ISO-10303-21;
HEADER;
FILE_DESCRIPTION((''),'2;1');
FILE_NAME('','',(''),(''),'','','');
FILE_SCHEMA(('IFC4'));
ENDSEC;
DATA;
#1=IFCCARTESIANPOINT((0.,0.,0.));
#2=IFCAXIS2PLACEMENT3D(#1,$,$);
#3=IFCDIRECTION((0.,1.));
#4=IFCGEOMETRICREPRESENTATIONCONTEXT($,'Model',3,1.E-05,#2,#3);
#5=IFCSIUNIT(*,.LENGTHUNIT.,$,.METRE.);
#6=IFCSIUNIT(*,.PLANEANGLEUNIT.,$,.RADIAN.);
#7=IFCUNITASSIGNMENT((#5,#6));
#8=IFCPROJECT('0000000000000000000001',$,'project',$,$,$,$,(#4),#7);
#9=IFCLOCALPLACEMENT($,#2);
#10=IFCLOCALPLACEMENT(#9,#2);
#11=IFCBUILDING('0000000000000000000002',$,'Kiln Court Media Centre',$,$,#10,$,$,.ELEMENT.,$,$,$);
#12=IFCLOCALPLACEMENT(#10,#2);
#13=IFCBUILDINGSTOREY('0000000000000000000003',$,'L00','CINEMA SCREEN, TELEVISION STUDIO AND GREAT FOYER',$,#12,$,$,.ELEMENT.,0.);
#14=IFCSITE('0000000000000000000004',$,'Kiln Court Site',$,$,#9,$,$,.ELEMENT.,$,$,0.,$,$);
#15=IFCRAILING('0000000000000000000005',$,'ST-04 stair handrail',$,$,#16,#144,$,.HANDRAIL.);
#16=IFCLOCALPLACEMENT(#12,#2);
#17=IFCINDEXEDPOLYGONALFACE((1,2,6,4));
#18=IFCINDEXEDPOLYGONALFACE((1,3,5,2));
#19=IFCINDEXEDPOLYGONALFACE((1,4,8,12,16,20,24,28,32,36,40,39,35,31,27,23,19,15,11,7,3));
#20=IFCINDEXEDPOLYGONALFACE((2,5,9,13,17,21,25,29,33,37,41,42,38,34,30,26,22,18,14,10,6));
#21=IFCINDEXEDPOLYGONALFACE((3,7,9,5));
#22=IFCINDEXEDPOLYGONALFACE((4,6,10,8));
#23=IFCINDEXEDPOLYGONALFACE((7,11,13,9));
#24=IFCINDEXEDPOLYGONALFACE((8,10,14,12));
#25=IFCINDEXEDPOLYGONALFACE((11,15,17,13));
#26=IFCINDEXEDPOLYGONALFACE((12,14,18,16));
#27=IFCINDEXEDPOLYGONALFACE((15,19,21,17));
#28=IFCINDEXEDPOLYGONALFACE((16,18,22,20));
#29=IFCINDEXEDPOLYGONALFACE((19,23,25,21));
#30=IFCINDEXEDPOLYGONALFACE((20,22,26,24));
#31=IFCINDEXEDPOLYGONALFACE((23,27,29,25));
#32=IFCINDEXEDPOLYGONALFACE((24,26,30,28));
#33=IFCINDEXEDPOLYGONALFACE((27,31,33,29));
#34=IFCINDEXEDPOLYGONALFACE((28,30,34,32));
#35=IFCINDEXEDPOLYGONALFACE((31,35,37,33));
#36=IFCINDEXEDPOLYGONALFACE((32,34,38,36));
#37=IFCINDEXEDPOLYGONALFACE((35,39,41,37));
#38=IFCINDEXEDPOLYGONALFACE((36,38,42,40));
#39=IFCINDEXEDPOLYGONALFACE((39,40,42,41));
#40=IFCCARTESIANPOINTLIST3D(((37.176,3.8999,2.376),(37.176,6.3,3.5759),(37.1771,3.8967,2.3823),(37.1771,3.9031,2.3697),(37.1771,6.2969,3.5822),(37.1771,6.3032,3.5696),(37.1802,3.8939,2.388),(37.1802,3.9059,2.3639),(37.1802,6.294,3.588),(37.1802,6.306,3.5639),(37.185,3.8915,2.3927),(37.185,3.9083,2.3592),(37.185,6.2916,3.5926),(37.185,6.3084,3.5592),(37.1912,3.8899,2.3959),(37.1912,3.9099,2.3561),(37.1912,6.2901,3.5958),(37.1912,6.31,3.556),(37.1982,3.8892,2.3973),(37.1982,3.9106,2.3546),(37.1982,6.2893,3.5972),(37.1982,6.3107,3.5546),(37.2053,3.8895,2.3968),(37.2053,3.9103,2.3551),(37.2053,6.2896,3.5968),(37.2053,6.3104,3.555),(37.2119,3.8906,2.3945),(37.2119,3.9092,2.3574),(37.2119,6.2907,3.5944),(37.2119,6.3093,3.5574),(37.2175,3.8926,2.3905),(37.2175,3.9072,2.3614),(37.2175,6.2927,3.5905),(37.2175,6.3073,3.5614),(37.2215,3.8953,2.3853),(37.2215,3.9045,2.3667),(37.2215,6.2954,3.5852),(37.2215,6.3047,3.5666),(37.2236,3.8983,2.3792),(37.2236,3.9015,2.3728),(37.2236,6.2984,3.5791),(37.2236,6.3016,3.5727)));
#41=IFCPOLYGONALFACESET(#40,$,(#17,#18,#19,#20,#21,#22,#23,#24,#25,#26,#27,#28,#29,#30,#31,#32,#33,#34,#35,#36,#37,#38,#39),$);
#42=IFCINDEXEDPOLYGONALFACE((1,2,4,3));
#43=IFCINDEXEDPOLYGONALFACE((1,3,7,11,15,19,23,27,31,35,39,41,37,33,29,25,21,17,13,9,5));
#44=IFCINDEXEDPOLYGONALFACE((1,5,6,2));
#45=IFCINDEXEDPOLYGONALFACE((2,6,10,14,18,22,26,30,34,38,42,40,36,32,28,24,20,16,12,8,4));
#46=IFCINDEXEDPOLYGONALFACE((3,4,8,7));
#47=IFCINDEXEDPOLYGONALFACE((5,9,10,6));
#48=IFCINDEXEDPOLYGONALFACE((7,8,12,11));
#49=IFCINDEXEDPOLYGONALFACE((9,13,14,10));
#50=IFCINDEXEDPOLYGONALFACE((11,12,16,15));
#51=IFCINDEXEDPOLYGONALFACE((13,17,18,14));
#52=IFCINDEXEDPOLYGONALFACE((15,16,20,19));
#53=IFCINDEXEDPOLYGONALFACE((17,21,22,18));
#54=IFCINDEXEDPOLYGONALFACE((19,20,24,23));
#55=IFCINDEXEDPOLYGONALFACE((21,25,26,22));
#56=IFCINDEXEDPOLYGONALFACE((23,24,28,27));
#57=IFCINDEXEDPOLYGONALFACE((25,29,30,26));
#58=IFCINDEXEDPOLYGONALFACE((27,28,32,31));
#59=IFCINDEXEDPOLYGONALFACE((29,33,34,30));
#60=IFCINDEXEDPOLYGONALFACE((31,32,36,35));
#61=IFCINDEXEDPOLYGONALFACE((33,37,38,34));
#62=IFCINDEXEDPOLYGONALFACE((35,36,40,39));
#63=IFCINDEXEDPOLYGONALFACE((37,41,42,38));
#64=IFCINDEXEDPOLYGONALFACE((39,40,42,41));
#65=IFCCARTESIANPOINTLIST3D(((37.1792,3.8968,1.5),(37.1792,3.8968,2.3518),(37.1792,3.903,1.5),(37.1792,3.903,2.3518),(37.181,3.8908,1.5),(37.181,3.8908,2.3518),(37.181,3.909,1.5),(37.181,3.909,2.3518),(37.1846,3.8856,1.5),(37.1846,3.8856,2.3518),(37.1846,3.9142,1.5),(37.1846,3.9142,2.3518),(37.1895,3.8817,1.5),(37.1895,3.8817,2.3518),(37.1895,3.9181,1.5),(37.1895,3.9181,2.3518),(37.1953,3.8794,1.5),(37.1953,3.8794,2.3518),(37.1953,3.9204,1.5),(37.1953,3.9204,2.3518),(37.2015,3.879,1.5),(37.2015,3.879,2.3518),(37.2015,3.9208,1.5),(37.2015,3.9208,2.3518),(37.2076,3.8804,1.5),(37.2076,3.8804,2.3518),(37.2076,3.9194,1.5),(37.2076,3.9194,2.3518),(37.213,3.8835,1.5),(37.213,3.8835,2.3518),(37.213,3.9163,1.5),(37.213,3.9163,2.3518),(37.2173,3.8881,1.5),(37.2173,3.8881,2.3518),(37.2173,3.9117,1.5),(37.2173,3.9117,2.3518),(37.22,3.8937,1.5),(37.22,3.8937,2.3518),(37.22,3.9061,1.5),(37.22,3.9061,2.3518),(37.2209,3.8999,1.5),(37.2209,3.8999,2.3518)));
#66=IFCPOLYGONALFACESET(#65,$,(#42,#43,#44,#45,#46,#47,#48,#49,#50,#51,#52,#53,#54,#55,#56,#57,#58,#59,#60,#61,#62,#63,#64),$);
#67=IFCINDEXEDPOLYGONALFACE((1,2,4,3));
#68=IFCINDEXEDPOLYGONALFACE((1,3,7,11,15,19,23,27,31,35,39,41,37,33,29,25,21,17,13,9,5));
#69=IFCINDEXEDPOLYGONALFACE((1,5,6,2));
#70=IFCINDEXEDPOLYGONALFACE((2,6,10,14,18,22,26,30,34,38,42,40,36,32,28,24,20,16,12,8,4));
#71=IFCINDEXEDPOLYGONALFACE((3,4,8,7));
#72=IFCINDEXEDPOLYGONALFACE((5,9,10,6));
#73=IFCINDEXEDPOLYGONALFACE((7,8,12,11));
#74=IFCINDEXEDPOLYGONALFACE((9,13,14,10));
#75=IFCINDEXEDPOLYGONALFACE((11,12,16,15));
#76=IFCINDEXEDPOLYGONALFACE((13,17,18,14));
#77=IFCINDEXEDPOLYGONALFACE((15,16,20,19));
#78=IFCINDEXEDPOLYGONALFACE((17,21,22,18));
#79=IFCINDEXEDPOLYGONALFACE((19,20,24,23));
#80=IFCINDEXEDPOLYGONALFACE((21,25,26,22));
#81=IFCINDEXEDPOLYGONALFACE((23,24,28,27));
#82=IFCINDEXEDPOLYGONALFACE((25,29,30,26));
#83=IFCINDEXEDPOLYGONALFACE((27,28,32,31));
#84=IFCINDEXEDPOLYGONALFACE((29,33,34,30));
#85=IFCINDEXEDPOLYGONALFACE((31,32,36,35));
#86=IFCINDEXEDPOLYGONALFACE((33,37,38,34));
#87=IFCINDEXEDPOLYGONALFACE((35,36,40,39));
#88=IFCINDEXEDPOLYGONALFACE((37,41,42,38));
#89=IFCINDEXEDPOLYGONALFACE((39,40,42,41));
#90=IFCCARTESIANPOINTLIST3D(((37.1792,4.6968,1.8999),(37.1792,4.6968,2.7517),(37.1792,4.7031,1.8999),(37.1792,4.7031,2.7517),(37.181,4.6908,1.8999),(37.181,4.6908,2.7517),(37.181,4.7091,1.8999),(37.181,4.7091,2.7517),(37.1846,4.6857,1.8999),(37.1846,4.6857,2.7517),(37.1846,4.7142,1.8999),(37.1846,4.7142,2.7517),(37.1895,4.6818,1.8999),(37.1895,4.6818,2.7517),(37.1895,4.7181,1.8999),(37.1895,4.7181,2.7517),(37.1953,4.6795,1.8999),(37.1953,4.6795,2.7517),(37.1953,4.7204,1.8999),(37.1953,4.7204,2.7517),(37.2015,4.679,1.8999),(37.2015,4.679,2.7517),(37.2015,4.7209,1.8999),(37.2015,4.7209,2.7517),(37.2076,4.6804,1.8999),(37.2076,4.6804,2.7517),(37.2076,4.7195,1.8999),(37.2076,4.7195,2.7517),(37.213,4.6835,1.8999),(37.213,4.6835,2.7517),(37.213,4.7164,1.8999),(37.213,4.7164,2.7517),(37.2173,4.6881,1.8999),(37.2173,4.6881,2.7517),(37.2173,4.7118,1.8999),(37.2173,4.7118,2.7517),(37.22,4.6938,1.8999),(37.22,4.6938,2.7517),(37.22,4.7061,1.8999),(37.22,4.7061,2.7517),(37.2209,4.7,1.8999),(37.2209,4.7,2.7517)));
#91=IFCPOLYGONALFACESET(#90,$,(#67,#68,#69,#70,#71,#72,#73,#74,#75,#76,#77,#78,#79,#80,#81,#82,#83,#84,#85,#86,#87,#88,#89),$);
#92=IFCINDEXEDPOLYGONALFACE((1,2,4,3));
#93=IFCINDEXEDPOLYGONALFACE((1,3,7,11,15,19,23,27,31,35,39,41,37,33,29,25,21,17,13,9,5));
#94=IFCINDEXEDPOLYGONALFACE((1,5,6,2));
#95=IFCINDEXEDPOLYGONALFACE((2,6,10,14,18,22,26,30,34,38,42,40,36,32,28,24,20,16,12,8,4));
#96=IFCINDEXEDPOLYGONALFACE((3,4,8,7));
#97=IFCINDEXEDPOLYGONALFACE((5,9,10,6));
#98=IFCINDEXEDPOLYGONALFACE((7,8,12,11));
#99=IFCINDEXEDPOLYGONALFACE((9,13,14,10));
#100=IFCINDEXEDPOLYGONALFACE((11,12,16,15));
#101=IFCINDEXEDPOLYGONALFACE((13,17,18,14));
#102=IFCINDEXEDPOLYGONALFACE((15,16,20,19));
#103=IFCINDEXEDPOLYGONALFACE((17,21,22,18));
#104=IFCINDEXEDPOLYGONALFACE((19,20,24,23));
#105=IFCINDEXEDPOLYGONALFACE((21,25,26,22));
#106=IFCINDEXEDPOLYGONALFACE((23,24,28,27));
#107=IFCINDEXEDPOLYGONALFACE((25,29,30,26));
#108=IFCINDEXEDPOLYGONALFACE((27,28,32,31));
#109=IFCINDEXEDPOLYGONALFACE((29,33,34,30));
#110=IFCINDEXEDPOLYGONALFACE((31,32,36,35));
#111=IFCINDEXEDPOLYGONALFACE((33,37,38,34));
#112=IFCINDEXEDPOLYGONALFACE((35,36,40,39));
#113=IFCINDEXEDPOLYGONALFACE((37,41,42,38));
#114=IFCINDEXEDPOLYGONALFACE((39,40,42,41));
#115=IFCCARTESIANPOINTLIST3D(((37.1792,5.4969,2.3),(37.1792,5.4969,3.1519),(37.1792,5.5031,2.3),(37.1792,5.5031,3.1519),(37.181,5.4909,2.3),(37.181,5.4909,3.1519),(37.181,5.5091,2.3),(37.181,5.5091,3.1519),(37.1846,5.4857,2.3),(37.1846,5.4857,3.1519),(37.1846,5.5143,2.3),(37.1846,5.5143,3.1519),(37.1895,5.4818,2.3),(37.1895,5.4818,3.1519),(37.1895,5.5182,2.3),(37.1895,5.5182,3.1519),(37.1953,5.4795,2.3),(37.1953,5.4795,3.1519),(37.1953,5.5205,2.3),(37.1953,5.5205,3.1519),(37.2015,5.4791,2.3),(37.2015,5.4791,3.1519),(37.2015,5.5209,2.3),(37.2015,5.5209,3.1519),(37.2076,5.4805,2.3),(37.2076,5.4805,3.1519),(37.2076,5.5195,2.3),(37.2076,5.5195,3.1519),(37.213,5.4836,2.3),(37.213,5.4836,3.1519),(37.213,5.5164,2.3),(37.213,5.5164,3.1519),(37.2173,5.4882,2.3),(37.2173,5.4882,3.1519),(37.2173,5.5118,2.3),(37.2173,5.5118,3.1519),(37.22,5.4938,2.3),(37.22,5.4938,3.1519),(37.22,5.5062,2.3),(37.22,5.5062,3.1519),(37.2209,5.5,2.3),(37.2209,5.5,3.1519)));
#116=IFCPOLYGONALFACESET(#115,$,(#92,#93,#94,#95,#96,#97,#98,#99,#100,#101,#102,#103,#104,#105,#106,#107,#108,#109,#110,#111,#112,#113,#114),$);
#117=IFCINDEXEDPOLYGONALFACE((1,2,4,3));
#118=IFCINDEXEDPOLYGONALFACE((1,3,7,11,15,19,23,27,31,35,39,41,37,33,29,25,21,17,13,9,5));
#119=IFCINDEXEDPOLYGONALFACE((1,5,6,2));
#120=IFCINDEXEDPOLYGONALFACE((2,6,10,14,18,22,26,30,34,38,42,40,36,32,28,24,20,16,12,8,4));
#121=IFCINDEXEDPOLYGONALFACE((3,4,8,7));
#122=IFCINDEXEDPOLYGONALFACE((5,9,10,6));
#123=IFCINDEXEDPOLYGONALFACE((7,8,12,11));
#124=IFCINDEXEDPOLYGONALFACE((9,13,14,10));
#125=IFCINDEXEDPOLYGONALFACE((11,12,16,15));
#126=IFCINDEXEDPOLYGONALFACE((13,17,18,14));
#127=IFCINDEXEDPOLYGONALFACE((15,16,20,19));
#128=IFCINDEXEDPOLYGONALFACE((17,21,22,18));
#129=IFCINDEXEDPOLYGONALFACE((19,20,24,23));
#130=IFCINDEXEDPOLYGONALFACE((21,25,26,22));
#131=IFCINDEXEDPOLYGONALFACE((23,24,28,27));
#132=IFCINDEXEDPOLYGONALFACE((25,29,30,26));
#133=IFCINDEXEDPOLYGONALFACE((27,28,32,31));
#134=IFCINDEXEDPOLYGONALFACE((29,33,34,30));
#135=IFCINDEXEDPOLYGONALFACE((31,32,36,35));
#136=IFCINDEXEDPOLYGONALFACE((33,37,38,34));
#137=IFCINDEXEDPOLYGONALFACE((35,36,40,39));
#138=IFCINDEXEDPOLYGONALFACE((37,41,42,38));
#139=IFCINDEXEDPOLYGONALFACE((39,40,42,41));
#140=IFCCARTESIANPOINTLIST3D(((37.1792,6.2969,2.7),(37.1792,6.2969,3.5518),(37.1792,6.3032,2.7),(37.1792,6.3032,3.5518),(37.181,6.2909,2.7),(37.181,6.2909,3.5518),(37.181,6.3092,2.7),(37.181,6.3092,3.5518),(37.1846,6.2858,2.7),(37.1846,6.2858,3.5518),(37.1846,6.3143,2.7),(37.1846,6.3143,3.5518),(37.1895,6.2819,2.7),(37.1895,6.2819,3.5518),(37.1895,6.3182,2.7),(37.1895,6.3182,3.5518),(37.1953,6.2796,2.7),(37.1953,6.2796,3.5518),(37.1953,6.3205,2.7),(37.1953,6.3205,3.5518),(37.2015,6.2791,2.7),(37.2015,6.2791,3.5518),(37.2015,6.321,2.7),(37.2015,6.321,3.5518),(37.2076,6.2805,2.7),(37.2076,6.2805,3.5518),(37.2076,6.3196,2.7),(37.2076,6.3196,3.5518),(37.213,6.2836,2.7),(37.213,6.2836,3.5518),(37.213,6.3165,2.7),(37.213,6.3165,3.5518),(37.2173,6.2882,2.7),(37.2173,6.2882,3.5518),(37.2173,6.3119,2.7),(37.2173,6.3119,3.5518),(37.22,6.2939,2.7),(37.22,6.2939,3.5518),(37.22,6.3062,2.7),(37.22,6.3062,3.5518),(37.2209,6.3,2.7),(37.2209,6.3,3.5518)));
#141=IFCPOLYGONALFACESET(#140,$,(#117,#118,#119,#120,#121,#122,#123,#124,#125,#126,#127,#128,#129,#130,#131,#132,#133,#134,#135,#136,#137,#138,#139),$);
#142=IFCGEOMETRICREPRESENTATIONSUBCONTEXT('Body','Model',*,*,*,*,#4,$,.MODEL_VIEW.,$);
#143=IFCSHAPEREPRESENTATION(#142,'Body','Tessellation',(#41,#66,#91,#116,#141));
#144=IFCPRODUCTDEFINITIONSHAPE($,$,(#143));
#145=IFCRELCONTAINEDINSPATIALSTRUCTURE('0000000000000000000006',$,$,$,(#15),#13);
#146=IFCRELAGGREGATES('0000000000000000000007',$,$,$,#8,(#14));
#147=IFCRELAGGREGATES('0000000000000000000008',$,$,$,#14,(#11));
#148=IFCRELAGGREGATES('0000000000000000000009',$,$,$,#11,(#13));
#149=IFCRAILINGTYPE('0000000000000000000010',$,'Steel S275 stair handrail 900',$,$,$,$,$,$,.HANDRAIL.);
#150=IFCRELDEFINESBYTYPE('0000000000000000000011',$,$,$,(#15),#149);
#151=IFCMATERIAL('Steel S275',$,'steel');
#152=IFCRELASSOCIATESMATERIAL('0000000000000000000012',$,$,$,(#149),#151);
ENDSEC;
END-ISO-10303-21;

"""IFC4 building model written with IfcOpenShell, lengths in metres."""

from ifc_helpers import new_model, si_unit, direction, frame, origin, origin_2d, place, context, subcontext, project, spatial, circle, extrude, material, type_object, element, save


model = new_model("IFC4")

# Units and contexts
model_context = context("Model", 3, precision=1e-05, world=origin(), true_north=direction((0.0, 1.0)))
body_context = subcontext(model_context, "Body", "Model", "MODEL_VIEW")
ifc_project = project(units=[si_unit("LENGTHUNIT", "METRE"), si_unit("PLANEANGLEUNIT", "RADIAN")], contexts=[model_context])

# Site, building, storey
site_placement = place(None, origin())
site = spatial("IfcSite", under=ifc_project, at=site_placement, Name="Kiln Court Site", CompositionType="ELEMENT", RefElevation=0.0)
building_placement = place(site_placement, origin())
building = spatial("IfcBuilding", under=site, at=building_placement, Name="Kiln Court Media Centre", CompositionType="ELEMENT")
storey_placement = place(building_placement, origin())
storey = spatial("IfcBuildingStorey", under=building, at=storey_placement, Name="L00", Description="CINEMA SCREEN, TELEVISION STUDIO AND GREAT FOYER", CompositionType="ELEMENT", Elevation=0.0)

# Railing
ifc_material_1 = material(Name="Steel S275", Category="steel")
railing_type_1 = type_object("IfcRailingType", Name="Steel S275 stair handrail 900", PredefinedType="HANDRAIL", material=ifc_material_1)
railing_1_placement = place(storey_placement, frame((37.2, 3.8999, 1.5)))
element("IfcRailing", 1, at=railing_1_placement, inside=storey, type_object=railing_type_1, Name="ST-04 stair handrail", PredefinedType="HANDRAIL", context=body_context, shape_type="SweptSolid", body=[
    extrude(circle(Radius=0.0239, at=origin_2d()), frame((0.0, 0.0, 0.876), z_axis=(0.0, 0.894445, 0.447177), x_axis=(-1.0, 0.0, 0.0)), (0.0, 0.0, 1.0), 2.6833),
    extrude(circle(Radius=0.021, at=origin_2d()), origin(), (0.0, 0.0, 1.0), 0.8518),
    extrude(circle(Radius=0.021, at=origin_2d()), frame((0.0, 0.8, 0.3999)), (0.0, 0.0, 1.0), 0.8518),
    extrude(circle(Radius=0.021, at=origin_2d()), frame((0.0, 1.6001, 0.8)), (0.0, 0.0, 1.0), 0.8518),
    extrude(circle(Radius=0.021, at=origin_2d()), frame((0.0, 2.4001, 1.2)), (0.0, 0.0, 1.0), 0.8518),
])

save(model, "model.ifc")
